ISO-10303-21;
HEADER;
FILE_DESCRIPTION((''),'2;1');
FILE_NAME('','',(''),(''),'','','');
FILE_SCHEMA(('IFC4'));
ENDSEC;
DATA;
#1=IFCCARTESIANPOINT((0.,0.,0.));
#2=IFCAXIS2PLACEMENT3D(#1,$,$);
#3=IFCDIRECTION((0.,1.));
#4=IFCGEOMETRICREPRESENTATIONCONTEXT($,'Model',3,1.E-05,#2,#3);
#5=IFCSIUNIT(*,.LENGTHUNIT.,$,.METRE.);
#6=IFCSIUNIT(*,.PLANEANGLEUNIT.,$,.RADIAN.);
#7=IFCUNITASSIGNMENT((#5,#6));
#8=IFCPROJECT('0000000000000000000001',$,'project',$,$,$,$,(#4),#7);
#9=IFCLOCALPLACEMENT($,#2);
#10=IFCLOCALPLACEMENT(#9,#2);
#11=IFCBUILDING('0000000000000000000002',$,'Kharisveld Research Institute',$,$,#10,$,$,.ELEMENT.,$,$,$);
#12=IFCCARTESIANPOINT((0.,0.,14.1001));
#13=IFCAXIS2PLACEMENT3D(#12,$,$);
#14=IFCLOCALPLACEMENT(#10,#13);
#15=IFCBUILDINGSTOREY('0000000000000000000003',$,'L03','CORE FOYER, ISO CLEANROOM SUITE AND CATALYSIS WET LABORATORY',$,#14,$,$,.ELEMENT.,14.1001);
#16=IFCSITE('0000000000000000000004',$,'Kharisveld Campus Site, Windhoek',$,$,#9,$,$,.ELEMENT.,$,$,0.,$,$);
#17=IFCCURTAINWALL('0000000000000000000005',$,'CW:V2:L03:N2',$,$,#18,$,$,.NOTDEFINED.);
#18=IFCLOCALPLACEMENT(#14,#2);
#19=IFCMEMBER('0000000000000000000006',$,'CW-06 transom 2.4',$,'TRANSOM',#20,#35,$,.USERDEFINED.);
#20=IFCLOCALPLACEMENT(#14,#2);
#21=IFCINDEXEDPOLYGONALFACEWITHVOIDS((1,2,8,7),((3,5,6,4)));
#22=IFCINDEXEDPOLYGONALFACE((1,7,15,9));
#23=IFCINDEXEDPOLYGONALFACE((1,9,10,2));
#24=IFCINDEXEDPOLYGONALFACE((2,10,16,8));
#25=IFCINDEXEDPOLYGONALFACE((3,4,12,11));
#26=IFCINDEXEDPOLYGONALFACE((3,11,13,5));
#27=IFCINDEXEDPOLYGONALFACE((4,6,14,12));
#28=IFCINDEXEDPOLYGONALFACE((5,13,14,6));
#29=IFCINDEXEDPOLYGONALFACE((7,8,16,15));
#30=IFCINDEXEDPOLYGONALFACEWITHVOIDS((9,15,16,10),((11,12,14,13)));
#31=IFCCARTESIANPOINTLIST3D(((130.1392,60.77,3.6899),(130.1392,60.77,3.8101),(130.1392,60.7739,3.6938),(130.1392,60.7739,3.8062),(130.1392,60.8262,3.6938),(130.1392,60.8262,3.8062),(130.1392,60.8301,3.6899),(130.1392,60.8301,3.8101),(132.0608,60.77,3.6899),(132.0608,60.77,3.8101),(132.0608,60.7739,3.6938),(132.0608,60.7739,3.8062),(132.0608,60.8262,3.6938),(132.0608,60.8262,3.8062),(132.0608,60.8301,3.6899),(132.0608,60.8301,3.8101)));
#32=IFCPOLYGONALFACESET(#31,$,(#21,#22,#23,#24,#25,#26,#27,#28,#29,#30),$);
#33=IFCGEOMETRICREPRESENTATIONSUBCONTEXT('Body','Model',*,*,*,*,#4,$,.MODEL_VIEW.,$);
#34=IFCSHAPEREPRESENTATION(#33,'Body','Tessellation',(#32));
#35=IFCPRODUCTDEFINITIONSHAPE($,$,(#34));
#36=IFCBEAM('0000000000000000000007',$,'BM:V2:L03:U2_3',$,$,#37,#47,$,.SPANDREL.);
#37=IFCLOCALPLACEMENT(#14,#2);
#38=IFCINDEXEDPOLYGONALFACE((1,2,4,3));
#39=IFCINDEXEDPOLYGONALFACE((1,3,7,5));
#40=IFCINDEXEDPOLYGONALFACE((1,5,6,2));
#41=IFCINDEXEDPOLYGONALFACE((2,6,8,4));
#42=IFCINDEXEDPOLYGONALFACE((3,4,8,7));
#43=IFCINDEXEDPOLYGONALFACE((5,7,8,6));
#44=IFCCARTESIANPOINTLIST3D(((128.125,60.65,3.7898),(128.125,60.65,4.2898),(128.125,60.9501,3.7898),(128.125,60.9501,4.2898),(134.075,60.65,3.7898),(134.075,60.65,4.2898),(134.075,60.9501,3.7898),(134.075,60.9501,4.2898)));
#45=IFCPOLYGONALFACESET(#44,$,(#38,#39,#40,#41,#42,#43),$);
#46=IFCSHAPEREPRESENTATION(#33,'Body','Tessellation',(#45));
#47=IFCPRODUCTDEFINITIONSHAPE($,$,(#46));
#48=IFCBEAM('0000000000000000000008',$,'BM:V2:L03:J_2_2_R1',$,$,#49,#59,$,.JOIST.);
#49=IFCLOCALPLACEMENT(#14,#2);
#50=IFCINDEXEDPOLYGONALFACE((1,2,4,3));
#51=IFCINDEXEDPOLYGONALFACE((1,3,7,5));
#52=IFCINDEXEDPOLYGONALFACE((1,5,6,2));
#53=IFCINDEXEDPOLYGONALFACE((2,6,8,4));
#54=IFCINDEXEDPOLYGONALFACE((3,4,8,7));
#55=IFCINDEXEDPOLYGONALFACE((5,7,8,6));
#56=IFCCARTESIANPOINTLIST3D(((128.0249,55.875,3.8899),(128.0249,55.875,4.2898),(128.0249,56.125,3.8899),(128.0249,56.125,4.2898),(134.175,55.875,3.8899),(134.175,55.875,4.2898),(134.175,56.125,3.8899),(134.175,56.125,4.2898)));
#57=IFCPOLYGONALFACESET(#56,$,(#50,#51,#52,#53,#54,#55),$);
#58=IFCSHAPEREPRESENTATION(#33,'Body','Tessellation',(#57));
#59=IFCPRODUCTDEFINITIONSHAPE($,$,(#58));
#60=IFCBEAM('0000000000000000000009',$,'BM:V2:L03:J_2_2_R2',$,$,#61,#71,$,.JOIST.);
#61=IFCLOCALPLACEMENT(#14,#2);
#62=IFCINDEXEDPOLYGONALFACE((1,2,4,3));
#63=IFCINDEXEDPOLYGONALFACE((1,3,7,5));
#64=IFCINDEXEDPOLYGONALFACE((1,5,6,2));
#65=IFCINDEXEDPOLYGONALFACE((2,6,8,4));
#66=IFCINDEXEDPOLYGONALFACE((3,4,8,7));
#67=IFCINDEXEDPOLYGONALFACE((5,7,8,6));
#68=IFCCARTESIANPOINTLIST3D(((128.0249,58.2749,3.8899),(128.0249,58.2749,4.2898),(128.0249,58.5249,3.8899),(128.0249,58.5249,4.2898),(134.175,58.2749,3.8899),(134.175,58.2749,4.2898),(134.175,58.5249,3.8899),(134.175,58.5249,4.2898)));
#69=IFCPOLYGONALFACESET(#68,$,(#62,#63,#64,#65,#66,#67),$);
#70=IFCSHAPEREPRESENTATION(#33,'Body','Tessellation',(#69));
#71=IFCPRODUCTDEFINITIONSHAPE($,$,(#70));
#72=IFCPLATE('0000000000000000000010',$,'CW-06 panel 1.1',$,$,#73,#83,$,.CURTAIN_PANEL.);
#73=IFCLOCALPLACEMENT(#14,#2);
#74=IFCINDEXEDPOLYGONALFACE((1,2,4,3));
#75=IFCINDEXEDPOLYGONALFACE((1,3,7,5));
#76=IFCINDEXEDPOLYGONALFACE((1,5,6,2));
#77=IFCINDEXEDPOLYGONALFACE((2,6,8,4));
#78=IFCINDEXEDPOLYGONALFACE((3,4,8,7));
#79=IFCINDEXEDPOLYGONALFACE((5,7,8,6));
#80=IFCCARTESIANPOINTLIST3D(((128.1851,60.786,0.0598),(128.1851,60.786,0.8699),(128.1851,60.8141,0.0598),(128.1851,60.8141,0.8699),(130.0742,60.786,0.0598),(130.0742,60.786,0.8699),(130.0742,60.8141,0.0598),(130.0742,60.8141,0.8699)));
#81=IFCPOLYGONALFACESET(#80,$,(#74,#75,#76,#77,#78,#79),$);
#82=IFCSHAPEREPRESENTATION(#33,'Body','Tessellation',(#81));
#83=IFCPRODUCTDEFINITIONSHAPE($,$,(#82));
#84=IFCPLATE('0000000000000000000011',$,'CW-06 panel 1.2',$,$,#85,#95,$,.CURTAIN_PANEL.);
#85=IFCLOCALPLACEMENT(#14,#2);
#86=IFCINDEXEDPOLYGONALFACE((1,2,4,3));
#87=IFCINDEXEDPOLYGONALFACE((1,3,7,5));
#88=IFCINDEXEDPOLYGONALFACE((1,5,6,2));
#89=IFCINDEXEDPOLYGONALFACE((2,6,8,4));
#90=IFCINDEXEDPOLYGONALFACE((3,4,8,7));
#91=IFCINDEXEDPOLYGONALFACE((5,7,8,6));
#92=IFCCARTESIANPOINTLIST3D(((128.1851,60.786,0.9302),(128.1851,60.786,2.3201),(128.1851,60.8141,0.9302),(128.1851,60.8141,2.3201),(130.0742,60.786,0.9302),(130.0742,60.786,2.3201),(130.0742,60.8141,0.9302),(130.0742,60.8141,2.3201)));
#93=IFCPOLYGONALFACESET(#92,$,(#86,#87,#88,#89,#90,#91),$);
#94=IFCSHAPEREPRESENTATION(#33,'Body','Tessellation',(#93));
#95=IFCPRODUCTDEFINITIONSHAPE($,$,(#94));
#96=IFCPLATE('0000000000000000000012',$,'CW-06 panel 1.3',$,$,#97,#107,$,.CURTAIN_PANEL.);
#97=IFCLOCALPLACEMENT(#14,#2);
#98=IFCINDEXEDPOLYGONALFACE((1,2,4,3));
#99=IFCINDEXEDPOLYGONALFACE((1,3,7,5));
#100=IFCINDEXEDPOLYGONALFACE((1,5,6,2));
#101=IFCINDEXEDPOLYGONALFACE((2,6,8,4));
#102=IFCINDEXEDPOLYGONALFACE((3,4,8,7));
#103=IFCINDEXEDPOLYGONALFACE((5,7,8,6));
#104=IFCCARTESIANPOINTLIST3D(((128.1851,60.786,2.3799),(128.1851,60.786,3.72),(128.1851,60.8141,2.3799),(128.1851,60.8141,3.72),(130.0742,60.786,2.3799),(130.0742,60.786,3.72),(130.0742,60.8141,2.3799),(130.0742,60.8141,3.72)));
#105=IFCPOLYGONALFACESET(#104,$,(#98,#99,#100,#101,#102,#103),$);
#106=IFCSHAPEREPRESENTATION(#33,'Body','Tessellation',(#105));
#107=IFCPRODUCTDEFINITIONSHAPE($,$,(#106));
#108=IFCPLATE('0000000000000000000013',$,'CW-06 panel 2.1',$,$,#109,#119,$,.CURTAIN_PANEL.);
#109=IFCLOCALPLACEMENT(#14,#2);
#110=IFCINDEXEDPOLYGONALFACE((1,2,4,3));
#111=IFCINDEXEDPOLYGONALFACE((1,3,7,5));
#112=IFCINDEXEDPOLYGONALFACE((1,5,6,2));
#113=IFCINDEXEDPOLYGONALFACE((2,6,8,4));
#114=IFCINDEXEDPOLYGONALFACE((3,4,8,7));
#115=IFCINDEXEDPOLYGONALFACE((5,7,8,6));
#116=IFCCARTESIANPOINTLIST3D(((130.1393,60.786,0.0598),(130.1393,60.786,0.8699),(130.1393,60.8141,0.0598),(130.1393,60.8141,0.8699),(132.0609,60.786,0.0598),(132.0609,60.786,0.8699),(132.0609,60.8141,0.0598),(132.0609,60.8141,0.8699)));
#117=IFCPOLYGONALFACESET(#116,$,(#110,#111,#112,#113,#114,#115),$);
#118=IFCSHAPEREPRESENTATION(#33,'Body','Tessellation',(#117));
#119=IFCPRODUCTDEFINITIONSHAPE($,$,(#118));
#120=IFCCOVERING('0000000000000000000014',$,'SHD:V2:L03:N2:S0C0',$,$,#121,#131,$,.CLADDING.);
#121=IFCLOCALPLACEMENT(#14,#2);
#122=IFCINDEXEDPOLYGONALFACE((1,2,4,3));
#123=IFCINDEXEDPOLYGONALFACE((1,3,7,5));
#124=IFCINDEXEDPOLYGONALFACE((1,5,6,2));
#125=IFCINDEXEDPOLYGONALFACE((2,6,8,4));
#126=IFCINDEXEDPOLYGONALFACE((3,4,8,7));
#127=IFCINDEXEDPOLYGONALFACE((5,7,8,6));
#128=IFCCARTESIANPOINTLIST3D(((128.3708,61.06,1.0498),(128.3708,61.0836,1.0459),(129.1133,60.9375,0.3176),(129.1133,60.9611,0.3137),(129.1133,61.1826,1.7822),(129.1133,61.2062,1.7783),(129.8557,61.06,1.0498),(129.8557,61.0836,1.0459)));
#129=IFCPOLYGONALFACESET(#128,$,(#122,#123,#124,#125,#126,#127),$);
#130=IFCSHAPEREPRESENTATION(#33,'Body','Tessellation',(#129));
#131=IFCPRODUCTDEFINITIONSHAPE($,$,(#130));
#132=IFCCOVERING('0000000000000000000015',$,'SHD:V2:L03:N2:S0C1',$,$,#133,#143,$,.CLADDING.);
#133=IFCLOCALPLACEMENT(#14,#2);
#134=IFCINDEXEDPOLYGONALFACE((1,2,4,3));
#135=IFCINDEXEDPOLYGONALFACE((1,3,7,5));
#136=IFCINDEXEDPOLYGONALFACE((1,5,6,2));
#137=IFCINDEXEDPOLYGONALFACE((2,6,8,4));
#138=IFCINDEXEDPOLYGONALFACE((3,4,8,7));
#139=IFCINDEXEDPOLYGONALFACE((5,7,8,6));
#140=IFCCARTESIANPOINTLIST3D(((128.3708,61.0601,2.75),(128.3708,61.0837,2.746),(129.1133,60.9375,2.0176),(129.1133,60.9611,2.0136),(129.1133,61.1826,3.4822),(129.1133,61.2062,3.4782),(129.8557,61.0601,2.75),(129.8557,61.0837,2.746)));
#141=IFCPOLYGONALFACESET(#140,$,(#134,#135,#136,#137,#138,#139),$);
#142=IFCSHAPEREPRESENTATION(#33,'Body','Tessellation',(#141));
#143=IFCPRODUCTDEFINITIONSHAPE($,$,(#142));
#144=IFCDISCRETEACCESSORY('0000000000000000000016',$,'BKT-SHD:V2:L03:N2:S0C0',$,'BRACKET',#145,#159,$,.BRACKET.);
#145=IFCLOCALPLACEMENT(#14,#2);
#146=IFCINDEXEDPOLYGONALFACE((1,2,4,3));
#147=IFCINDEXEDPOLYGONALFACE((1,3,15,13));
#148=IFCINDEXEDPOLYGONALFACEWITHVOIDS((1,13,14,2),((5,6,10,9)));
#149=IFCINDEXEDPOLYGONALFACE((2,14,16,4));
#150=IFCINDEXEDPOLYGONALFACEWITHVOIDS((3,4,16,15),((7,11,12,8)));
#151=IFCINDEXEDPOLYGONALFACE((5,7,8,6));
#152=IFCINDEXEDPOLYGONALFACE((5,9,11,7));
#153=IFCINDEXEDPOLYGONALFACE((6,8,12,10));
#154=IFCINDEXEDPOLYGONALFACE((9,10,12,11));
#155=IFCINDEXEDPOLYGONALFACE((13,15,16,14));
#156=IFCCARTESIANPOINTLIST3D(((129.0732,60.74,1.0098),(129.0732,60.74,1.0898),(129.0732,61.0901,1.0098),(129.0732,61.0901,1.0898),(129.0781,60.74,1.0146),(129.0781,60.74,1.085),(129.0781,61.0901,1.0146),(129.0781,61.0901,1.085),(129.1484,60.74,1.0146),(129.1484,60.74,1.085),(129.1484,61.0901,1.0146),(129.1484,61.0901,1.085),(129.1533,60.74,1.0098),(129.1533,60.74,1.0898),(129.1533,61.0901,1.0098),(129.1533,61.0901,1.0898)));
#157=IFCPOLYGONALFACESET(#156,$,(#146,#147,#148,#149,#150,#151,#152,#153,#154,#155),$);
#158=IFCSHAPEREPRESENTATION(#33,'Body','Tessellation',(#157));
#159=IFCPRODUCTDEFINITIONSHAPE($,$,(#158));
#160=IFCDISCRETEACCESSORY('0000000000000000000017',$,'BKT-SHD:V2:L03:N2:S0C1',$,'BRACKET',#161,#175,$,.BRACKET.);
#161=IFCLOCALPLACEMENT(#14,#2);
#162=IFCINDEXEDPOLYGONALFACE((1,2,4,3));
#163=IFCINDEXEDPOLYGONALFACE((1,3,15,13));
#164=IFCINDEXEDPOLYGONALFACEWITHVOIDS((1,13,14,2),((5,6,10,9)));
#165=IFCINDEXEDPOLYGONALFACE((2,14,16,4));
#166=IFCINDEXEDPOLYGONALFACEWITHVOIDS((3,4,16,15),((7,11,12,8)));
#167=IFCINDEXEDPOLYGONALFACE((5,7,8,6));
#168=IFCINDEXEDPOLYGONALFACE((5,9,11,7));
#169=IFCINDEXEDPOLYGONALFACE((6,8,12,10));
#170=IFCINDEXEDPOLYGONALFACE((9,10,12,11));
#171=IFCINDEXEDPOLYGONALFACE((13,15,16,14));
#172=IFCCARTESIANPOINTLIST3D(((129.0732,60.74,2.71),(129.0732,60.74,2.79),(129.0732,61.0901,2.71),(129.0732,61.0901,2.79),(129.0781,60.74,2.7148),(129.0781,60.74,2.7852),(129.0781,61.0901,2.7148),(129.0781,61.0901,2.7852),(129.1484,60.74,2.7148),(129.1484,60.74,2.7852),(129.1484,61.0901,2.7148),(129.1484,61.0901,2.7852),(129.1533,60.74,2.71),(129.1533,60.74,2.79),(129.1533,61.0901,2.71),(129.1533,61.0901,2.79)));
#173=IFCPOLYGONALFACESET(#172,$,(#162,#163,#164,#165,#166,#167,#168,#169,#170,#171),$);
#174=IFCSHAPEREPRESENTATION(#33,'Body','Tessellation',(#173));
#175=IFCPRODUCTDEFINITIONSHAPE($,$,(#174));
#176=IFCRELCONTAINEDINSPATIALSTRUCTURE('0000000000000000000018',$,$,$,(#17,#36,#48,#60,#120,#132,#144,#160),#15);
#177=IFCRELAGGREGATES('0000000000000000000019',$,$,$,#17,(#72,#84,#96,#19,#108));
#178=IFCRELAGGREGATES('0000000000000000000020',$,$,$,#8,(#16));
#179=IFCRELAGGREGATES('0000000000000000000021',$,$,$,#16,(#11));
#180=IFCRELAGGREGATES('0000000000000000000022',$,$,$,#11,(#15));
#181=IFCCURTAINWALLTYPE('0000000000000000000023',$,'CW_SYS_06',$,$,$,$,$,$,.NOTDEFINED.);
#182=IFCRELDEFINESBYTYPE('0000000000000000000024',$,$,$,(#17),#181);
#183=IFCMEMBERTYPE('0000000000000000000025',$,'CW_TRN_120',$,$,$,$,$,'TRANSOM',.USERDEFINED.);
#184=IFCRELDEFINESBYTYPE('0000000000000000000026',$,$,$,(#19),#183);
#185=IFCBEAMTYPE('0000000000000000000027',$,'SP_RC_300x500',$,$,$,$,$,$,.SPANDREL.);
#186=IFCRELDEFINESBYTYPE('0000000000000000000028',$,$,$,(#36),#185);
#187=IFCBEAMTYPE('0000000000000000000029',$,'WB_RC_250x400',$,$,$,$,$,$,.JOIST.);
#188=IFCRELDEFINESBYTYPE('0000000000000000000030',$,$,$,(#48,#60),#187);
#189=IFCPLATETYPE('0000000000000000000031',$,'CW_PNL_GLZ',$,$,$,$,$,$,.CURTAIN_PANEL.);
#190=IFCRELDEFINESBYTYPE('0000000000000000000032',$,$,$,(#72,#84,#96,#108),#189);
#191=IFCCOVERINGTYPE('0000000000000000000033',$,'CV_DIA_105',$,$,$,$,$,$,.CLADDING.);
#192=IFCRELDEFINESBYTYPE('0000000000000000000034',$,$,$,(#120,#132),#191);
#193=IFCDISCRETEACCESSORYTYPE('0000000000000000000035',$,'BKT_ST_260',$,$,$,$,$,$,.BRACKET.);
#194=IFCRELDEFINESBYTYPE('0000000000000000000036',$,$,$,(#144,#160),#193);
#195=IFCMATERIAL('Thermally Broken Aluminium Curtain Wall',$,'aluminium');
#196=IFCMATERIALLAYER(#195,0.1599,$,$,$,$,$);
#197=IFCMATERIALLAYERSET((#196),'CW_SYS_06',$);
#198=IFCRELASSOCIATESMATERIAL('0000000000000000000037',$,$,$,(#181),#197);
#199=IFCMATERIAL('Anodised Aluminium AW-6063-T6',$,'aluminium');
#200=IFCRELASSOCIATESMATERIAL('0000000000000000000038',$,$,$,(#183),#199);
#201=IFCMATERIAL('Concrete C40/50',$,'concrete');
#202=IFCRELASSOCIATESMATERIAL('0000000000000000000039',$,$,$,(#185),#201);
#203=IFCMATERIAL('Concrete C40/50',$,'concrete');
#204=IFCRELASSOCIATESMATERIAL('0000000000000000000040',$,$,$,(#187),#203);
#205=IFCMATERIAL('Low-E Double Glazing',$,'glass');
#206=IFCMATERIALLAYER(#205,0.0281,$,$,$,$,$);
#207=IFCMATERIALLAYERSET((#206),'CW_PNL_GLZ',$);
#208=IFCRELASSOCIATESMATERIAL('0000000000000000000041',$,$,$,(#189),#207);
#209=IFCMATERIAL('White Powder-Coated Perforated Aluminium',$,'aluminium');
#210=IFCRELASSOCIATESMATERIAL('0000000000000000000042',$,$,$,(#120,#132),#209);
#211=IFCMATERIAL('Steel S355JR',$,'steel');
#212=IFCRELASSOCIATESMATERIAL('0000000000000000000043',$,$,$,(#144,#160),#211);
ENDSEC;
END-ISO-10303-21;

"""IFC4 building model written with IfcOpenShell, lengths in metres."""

from ifc_helpers import new_model, si_unit, direction, frame, origin, origin_2d, place, context, subcontext, project, spatial, polyline, rectangle, hollow_rectangle, outline, extrude, material, layer, layer_set, material_profile, profile_set, type_object, element, aggregate, save


model = new_model("IFC4")

# Units and contexts
model_context = context("Model", 3, precision=1e-05, world=origin(), true_north=direction((0.0, 1.0)))
body_context = subcontext(model_context, "Body", "Model", "MODEL_VIEW")
ifc_project = project(units=[si_unit("LENGTHUNIT", "METRE"), si_unit("PLANEANGLEUNIT", "RADIAN")], contexts=[model_context])

# Site, building, storey
site_placement = place(None, origin())
site = spatial("IfcSite", under=ifc_project, at=site_placement, Name="Kharisveld Campus Site, Windhoek", CompositionType="ELEMENT", RefElevation=0.0)
building_placement = place(site_placement, origin())
building = spatial("IfcBuilding", under=site, at=building_placement, Name="Kharisveld Research Institute", CompositionType="ELEMENT")
storey_placement = place(building_placement, frame((0.0, 0.0, 14.1001)))
storey = spatial("IfcBuildingStorey", under=building, at=storey_placement, Name="L03", Description="CORE FOYER, ISO CLEANROOM SUITE AND CATALYSIS WET LABORATORY", CompositionType="ELEMENT", Elevation=14.1001)

# Curtain wall, member
ifc_material_1 = material(Name="Thermally Broken Aluminium Curtain Wall", Category="aluminium")
ifc_layer_1 = layer(ifc_material_1, 0.1599)
ifc_layer_set_1 = layer_set([ifc_layer_1], Name="CW_SYS_06")
curtain_wall_type = type_object("IfcCurtainWallType", Name="CW_SYS_06", PredefinedType="NOTDEFINED", material=ifc_layer_set_1)
curtain_wall_placement = place(storey_placement, origin())
curtain_wall = element("IfcCurtainWall", 1, at=curtain_wall_placement, inside=storey, type_object=curtain_wall_type, Name="CW:V2:L03:N2", PredefinedType="NOTDEFINED")
ifc_material_2 = material(Name="Anodised Aluminium AW-6063-T6", Category="aluminium")
ifc_material_profile_1 = material_profile(ifc_material_2, hollow_rectangle(XDim=0.0601, YDim=0.1201, WallThickness=0.0039, at=origin_2d()))
ifc_profile_set_1 = profile_set([ifc_material_profile_1], Name="Anodised Aluminium AW-6063-T6")
member_type_1 = type_object("IfcMemberType", Name="CW_TRN_120", ElementType="TRANSOM", PredefinedType="USERDEFINED", material=ifc_profile_set_1)
member_1_placement = place(storey_placement, frame((130.1392, 60.8, 3.75), z_axis=(1.0, 0.0, 0.0), x_axis=(0.0, 1.0, 0.0)))
member_1 = element("IfcMember", 2, at=member_1_placement, type_object=member_type_1, Name="CW-06 transom 2.4", ObjectType="TRANSOM", PredefinedType="USERDEFINED", context=body_context, shape_type="SweptSolid", body=[
    extrude(hollow_rectangle(XDim=0.0601, YDim=0.1201, WallThickness=0.0039, at=origin_2d()), origin(), (0.0, 0.0, 1.0), 1.9216),
])

# Beams
ifc_material_3 = material(Name="Concrete C40/50", Category="concrete")
ifc_material_profile_2 = material_profile(ifc_material_3, rectangle(XDim=0.3, YDim=0.5, at=origin_2d()))
ifc_profile_set_2 = profile_set([ifc_material_profile_2], Name="Concrete C40/50")
beam_type_1 = type_object("IfcBeamType", Name="SP_RC_300x500", PredefinedType="SPANDREL", material=ifc_profile_set_2)
beam_1_placement = place(storey_placement, frame((128.125, 60.8, 4.0398), z_axis=(1.0, 0.0, 0.0), x_axis=(0.0, 1.0, 0.0)))
element("IfcBeam", 3, at=beam_1_placement, inside=storey, type_object=beam_type_1, Name="BM:V2:L03:U2_3", PredefinedType="SPANDREL", context=body_context, shape_type="SweptSolid", body=[
    extrude(rectangle(XDim=0.3, YDim=0.5, at=origin_2d()), origin(), (0.0, 0.0, 1.0), 5.95),
])
ifc_material_4 = material(Name="Concrete C40/50", Category="concrete")
ifc_material_profile_3 = material_profile(ifc_material_4, rectangle(XDim=0.25, YDim=0.3999, at=origin_2d()))
ifc_profile_set_3 = profile_set([ifc_material_profile_3], Name="Concrete C40/50")
beam_type_2 = type_object("IfcBeamType", Name="WB_RC_250x400", PredefinedType="JOIST", material=ifc_profile_set_3)
for number, where, z_axis, x_axis, name in (
    (4, (128.0249, 56.0, 4.0898), (1.0, 0.0, 0.0), (0.0, 1.0, 0.0), "BM:V2:L03:J_2_2_R1"),
    (5, (128.0249, 58.3999, 4.0898), (1.0, 0.0, 0.0), (0.0, 1.0, 0.0), "BM:V2:L03:J_2_2_R2"),
):
    element("IfcBeam", number, at=place(storey_placement, frame(where, z_axis=z_axis, x_axis=x_axis)), inside=storey, type_object=beam_type_2, Name=name, PredefinedType="JOIST", context=body_context, shape_type="SweptSolid", body=[
        extrude(rectangle(XDim=0.25, YDim=0.3999, at=origin_2d()), origin(), (0.0, 0.0, 1.0), 6.1501),
    ])

# Plates
ifc_material_5 = material(Name="Low-E Double Glazing", Category="glass")
ifc_layer_2 = layer(ifc_material_5, 0.0281)
ifc_layer_set_2 = layer_set([ifc_layer_2], Name="CW_PNL_GLZ")
plate_type = type_object("IfcPlateType", Name="CW_PNL_GLZ", PredefinedType="CURTAIN_PANEL", material=ifc_layer_set_2)
plate_1_placement = place(storey_placement, frame((129.1296, 60.8, 0.0598), z_axis=(0.0, 0.0, 1.0), x_axis=(1.0, 0.0, 0.0)))
plate_1 = element("IfcPlate", 6, at=plate_1_placement, type_object=plate_type, Name="CW-06 panel 1.1", PredefinedType="CURTAIN_PANEL", context=body_context, shape_type="SweptSolid", body=[
    extrude(rectangle(XDim=1.8892, YDim=0.0281, at=origin_2d()), origin(), (0.0, 0.0, 1.0), 0.8101),
])
plate_2_placement = place(storey_placement, frame((129.1296, 60.8, 0.9302), z_axis=(0.0, 0.0, 1.0), x_axis=(1.0, 0.0, 0.0)))
plate_2 = element("IfcPlate", 7, at=plate_2_placement, type_object=plate_type, Name="CW-06 panel 1.2", PredefinedType="CURTAIN_PANEL", context=body_context, shape_type="SweptSolid", body=[
    extrude(rectangle(XDim=1.8892, YDim=0.0281, at=origin_2d()), origin(), (0.0, 0.0, 1.0), 1.3899),
])
plate_3_placement = place(storey_placement, frame((129.1296, 60.8, 2.3799), z_axis=(0.0, 0.0, 1.0), x_axis=(1.0, 0.0, 0.0)))
plate_3 = element("IfcPlate", 8, at=plate_3_placement, type_object=plate_type, Name="CW-06 panel 1.3", PredefinedType="CURTAIN_PANEL", context=body_context, shape_type="SweptSolid", body=[
    extrude(rectangle(XDim=1.8892, YDim=0.0281, at=origin_2d()), origin(), (0.0, 0.0, 1.0), 1.3401),
])
plate_4_placement = place(storey_placement, frame((131.1001, 60.8, 0.0598), z_axis=(0.0, 0.0, 1.0), x_axis=(1.0, 0.0, 0.0)))
plate_4 = element("IfcPlate", 9, at=plate_4_placement, type_object=plate_type, Name="CW-06 panel 2.1", PredefinedType="CURTAIN_PANEL", context=body_context, shape_type="SweptSolid", body=[
    extrude(rectangle(XDim=1.9216, YDim=0.0281, at=origin_2d()), origin(), (0.0, 0.0, 1.0), 0.8101),
])
aggregate(curtain_wall, [plate_1, plate_2, plate_3, member_1, plate_4])

# Coverings
ifc_material_6 = material(Name="White Powder-Coated Perforated Aluminium", Category="aluminium")
covering_type = type_object("IfcCoveringType", Name="CV_DIA_105", PredefinedType="CLADDING")
covering_1_placement = place(storey_placement, frame((129.1133, 60.9375, 0.3176), z_axis=(0.0, -0.986283, 0.165065), x_axis=(0.707139, 0.116714, 0.697376)))
element("IfcCovering", 10, at=covering_1_placement, inside=storey, type_object=covering_type, material=ifc_material_6, Name="SHD:V2:L03:N2:S0C0", PredefinedType="CLADDING", context=body_context, shape_type="SweptSolid", body=[
    extrude(outline(polyline([(0.0, 0.0), (1.0499, 0.0), (1.05, 1.0501), (-0.0001, 1.0499), (0.0, 0.0)])), origin(), (0.0, 0.0, -1.0), 0.0239),
])
covering_2_placement = place(storey_placement, frame((129.1133, 60.9375, 2.0176), z_axis=(0.0, -0.986283, 0.165065), x_axis=(0.707024, 0.116733, 0.697489)))
element("IfcCovering", 11, at=covering_2_placement, inside=storey, type_object=covering_type, material=ifc_material_6, Name="SHD:V2:L03:N2:S0C1", PredefinedType="CLADDING", context=body_context, shape_type="SweptSolid", body=[
    extrude(outline(polyline([(0.0, 0.0), (1.0501, 0.0), (1.0502, 1.0499), (0.0002, 1.0501), (0.0, 0.0)])), origin(), (0.0, 0.0, -1.0), 0.0239),
])

# Discrete accessories
ifc_material_7 = material(Name="Steel S355JR", Category="steel")
discrete_accessory_type = type_object("IfcDiscreteAccessoryType", Name="BKT_ST_260", PredefinedType="BRACKET")
for number, where, z_axis, x_axis, name in (
    (12, (129.1133, 60.74, 1.0498), (0.0, 1.0, 0.0), (-1.0, 0.0, 0.0), "BKT-SHD:V2:L03:N2:S0C0"),
    (13, (129.1133, 60.74, 2.75), (0.0, 1.0, 0.0), (-1.0, 0.0, 0.0), "BKT-SHD:V2:L03:N2:S0C1"),
):
    element("IfcDiscreteAccessory", number, at=place(storey_placement, frame(where, z_axis=z_axis, x_axis=x_axis)), inside=storey, type_object=discrete_accessory_type, material=ifc_material_7, Name=name, ObjectType="BRACKET", PredefinedType="BRACKET", context=body_context, shape_type="SweptSolid", body=[
        extrude(hollow_rectangle(XDim=0.0801, YDim=0.0801, WallThickness=0.0049, at=origin_2d()), origin(), (0.0, 0.0, 1.0), 0.3501),
    ])

save(model, "model.ifc")
